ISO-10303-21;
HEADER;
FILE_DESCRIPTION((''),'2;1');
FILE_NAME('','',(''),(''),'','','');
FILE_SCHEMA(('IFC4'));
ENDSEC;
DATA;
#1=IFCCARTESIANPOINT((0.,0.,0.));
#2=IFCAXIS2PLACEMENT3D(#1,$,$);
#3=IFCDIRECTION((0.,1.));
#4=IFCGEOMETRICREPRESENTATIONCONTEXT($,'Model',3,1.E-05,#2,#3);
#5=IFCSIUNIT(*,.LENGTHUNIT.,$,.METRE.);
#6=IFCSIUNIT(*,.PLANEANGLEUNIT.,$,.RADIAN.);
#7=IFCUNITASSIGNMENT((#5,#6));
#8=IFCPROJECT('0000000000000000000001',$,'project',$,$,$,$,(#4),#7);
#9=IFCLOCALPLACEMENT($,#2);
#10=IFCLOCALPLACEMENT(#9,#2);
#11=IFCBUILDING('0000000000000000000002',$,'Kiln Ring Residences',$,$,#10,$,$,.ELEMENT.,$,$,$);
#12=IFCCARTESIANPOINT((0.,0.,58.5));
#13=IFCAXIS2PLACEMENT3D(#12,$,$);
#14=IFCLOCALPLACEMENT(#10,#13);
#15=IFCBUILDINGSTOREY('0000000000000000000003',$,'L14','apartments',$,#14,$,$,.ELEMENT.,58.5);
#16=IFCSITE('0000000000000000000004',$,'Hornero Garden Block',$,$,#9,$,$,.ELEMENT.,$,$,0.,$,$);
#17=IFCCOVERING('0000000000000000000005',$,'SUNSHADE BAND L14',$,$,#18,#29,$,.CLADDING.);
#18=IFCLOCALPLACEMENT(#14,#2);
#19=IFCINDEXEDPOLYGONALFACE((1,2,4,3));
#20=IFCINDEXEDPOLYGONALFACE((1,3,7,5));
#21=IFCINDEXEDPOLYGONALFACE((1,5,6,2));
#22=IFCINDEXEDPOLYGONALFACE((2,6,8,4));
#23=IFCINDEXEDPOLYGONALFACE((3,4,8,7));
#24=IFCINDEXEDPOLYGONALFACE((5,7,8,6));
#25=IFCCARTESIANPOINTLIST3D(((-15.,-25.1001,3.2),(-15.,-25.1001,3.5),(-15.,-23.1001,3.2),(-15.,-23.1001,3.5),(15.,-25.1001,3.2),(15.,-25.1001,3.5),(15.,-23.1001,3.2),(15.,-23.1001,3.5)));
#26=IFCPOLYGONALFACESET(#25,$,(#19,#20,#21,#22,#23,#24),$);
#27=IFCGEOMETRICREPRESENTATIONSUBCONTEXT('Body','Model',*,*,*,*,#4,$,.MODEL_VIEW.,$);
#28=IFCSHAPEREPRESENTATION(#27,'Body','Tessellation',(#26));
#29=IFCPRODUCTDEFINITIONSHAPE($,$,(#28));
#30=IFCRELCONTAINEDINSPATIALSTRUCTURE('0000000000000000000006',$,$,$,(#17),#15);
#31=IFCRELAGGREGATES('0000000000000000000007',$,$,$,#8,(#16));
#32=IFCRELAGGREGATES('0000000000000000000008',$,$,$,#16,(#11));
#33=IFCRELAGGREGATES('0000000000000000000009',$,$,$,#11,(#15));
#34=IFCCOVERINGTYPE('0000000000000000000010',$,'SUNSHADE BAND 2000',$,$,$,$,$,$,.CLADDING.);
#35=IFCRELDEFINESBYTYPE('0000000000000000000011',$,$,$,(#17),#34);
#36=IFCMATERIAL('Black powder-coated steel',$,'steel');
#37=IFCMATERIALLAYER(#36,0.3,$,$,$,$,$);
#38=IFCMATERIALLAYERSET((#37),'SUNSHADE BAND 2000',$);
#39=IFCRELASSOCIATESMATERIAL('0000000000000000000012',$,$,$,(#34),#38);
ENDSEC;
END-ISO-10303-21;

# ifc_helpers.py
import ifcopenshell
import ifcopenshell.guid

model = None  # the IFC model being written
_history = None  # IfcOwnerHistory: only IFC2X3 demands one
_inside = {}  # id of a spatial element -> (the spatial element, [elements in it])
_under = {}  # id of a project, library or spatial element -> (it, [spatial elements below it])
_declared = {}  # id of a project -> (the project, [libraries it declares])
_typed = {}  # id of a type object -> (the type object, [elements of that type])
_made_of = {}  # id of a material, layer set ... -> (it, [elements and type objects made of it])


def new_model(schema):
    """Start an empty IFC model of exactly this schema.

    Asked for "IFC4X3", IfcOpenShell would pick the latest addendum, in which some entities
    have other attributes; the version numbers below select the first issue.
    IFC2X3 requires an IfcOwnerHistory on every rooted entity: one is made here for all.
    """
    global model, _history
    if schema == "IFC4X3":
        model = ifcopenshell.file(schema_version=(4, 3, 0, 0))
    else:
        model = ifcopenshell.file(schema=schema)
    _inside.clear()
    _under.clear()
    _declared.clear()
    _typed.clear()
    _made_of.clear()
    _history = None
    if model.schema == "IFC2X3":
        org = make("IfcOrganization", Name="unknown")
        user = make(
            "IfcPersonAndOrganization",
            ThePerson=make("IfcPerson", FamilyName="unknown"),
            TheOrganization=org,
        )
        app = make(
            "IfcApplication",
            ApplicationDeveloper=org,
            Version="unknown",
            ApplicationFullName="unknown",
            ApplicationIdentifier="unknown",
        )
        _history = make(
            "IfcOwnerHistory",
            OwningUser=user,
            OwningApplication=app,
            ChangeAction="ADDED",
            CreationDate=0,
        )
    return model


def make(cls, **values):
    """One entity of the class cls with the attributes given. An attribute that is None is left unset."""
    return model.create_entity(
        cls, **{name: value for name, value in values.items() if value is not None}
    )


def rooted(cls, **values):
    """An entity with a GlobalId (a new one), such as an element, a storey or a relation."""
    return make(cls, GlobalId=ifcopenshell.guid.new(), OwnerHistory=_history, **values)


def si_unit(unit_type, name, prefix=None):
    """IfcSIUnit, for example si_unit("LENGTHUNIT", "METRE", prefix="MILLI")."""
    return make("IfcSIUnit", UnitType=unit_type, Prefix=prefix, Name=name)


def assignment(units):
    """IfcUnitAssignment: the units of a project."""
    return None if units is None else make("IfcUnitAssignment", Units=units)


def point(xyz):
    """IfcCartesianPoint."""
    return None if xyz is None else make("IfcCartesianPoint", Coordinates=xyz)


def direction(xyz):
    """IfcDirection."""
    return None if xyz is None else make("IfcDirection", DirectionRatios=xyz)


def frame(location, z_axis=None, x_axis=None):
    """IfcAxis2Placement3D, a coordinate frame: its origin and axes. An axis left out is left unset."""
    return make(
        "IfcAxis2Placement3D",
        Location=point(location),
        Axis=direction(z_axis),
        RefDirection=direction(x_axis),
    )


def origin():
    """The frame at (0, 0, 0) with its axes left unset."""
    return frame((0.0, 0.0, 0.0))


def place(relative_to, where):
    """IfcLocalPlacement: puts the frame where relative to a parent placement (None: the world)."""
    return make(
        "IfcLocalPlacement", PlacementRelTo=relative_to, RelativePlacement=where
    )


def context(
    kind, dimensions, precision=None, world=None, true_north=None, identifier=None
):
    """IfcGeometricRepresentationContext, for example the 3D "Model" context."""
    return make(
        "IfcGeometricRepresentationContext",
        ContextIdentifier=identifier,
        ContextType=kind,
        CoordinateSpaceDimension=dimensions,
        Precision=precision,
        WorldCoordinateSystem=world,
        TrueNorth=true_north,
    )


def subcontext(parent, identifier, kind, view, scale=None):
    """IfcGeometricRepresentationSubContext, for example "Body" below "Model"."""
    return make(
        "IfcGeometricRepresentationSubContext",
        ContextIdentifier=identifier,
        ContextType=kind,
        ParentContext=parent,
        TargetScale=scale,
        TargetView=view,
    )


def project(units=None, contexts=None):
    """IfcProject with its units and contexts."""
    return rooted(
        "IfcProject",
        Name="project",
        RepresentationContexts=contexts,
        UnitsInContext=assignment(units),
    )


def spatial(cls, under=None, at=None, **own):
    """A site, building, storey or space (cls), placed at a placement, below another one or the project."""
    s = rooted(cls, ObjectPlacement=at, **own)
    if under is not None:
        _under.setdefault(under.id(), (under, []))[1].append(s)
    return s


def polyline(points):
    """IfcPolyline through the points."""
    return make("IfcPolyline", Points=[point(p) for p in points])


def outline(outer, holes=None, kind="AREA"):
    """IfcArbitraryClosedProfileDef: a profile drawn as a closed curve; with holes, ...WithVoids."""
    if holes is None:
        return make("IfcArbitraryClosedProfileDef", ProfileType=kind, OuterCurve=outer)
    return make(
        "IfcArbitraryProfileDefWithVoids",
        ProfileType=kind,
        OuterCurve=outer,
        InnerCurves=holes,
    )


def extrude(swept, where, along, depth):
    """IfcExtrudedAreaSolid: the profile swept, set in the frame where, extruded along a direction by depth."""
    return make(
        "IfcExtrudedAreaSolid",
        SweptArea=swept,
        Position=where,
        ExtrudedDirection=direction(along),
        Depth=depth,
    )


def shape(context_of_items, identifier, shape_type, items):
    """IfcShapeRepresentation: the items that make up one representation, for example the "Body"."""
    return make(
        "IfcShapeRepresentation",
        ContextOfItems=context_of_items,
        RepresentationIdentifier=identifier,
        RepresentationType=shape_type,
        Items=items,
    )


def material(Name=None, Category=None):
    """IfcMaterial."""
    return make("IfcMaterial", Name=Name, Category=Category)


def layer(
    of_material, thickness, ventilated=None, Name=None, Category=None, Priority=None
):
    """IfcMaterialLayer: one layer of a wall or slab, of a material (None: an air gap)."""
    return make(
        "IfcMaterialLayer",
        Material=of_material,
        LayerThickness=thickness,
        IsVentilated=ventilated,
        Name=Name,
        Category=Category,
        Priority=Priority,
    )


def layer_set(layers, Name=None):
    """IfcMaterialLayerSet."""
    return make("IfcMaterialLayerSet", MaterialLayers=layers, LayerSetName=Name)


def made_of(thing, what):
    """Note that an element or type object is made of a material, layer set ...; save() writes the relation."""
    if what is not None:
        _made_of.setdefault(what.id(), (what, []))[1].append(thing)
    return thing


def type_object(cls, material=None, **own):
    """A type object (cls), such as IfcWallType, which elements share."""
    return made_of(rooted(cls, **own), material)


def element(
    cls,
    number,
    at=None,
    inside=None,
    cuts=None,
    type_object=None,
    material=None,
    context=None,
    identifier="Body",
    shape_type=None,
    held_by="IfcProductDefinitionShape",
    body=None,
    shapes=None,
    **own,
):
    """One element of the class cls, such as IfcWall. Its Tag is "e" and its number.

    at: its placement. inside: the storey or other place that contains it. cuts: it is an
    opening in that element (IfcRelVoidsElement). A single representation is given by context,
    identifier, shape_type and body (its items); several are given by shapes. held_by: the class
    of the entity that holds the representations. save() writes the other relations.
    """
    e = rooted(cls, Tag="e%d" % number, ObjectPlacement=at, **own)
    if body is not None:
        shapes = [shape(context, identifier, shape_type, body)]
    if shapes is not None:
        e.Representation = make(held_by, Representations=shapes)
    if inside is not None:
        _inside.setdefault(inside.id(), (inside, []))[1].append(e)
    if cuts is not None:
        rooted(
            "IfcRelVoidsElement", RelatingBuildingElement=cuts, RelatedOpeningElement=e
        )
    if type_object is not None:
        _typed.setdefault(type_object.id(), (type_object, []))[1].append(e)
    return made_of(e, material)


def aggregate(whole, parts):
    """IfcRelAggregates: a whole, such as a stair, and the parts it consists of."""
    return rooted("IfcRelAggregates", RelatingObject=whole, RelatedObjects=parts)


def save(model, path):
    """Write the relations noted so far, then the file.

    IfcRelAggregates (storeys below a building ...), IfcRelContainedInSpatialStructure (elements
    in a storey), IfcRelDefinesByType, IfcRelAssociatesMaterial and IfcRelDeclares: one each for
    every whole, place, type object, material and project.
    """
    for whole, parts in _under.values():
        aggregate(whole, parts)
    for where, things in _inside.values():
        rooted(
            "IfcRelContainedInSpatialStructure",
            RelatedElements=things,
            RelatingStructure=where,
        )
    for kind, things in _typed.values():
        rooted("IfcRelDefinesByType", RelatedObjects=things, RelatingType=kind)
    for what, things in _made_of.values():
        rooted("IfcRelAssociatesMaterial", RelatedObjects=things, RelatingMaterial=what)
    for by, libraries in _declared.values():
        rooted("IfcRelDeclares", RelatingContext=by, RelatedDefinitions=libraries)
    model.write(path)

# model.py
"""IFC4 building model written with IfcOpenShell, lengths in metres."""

from ifc_helpers import new_model, si_unit, direction, frame, origin, place, context, subcontext, project, spatial, polyline, outline, extrude, material, layer, layer_set, type_object, element, save


model = new_model("IFC4")

# Units and contexts
model_context = context("Model", 3, precision=1e-05, world=origin(), true_north=direction((0.0, 1.0)))
body_context = subcontext(model_context, "Body", "Model", "MODEL_VIEW")
ifc_project = project(units=[si_unit("LENGTHUNIT", "METRE"), si_unit("PLANEANGLEUNIT", "RADIAN")], contexts=[model_context])

# Site, building, storey
site_placement = place(None, origin())
site = spatial("IfcSite", under=ifc_project, at=site_placement, Name="Hornero Garden Block", CompositionType="ELEMENT", RefElevation=0.0)
building_placement = place(site_placement, origin())
building = spatial("IfcBuilding", under=site, at=building_placement, Name="Kiln Ring Residences", CompositionType="ELEMENT")
storey_placement = place(building_placement, frame((0.0, 0.0, 58.5)))
storey = spatial("IfcBuildingStorey", under=building, at=storey_placement, Name="L14", Description="apartments", CompositionType="ELEMENT", Elevation=58.5)

# Covering
ifc_material_1 = material(Name="Black powder-coated steel", Category="steel")
ifc_layer_1 = layer(ifc_material_1, 0.3)
ifc_layer_set_1 = layer_set([ifc_layer_1], Name="SUNSHADE BAND 2000")
covering_type_1 = type_object("IfcCoveringType", Name="SUNSHADE BAND 2000", PredefinedType="CLADDING", material=ifc_layer_set_1)
covering_1_placement = place(storey_placement, frame((0.0, 0.0, 3.2)))
element("IfcCovering", 1, at=covering_1_placement, inside=storey, type_object=covering_type_1, Name="SUNSHADE BAND L14", PredefinedType="CLADDING", context=body_context, shape_type="SweptSolid", body=[
    extrude(outline(polyline([(-15.0, -25.1001), (15.0, -25.1001), (15.0, -23.1001), (-15.0, -23.1001), (-15.0, -25.1001)])), origin(), (0.0, 0.0, 1.0), 0.3),
])

save(model, "model.ifc")
